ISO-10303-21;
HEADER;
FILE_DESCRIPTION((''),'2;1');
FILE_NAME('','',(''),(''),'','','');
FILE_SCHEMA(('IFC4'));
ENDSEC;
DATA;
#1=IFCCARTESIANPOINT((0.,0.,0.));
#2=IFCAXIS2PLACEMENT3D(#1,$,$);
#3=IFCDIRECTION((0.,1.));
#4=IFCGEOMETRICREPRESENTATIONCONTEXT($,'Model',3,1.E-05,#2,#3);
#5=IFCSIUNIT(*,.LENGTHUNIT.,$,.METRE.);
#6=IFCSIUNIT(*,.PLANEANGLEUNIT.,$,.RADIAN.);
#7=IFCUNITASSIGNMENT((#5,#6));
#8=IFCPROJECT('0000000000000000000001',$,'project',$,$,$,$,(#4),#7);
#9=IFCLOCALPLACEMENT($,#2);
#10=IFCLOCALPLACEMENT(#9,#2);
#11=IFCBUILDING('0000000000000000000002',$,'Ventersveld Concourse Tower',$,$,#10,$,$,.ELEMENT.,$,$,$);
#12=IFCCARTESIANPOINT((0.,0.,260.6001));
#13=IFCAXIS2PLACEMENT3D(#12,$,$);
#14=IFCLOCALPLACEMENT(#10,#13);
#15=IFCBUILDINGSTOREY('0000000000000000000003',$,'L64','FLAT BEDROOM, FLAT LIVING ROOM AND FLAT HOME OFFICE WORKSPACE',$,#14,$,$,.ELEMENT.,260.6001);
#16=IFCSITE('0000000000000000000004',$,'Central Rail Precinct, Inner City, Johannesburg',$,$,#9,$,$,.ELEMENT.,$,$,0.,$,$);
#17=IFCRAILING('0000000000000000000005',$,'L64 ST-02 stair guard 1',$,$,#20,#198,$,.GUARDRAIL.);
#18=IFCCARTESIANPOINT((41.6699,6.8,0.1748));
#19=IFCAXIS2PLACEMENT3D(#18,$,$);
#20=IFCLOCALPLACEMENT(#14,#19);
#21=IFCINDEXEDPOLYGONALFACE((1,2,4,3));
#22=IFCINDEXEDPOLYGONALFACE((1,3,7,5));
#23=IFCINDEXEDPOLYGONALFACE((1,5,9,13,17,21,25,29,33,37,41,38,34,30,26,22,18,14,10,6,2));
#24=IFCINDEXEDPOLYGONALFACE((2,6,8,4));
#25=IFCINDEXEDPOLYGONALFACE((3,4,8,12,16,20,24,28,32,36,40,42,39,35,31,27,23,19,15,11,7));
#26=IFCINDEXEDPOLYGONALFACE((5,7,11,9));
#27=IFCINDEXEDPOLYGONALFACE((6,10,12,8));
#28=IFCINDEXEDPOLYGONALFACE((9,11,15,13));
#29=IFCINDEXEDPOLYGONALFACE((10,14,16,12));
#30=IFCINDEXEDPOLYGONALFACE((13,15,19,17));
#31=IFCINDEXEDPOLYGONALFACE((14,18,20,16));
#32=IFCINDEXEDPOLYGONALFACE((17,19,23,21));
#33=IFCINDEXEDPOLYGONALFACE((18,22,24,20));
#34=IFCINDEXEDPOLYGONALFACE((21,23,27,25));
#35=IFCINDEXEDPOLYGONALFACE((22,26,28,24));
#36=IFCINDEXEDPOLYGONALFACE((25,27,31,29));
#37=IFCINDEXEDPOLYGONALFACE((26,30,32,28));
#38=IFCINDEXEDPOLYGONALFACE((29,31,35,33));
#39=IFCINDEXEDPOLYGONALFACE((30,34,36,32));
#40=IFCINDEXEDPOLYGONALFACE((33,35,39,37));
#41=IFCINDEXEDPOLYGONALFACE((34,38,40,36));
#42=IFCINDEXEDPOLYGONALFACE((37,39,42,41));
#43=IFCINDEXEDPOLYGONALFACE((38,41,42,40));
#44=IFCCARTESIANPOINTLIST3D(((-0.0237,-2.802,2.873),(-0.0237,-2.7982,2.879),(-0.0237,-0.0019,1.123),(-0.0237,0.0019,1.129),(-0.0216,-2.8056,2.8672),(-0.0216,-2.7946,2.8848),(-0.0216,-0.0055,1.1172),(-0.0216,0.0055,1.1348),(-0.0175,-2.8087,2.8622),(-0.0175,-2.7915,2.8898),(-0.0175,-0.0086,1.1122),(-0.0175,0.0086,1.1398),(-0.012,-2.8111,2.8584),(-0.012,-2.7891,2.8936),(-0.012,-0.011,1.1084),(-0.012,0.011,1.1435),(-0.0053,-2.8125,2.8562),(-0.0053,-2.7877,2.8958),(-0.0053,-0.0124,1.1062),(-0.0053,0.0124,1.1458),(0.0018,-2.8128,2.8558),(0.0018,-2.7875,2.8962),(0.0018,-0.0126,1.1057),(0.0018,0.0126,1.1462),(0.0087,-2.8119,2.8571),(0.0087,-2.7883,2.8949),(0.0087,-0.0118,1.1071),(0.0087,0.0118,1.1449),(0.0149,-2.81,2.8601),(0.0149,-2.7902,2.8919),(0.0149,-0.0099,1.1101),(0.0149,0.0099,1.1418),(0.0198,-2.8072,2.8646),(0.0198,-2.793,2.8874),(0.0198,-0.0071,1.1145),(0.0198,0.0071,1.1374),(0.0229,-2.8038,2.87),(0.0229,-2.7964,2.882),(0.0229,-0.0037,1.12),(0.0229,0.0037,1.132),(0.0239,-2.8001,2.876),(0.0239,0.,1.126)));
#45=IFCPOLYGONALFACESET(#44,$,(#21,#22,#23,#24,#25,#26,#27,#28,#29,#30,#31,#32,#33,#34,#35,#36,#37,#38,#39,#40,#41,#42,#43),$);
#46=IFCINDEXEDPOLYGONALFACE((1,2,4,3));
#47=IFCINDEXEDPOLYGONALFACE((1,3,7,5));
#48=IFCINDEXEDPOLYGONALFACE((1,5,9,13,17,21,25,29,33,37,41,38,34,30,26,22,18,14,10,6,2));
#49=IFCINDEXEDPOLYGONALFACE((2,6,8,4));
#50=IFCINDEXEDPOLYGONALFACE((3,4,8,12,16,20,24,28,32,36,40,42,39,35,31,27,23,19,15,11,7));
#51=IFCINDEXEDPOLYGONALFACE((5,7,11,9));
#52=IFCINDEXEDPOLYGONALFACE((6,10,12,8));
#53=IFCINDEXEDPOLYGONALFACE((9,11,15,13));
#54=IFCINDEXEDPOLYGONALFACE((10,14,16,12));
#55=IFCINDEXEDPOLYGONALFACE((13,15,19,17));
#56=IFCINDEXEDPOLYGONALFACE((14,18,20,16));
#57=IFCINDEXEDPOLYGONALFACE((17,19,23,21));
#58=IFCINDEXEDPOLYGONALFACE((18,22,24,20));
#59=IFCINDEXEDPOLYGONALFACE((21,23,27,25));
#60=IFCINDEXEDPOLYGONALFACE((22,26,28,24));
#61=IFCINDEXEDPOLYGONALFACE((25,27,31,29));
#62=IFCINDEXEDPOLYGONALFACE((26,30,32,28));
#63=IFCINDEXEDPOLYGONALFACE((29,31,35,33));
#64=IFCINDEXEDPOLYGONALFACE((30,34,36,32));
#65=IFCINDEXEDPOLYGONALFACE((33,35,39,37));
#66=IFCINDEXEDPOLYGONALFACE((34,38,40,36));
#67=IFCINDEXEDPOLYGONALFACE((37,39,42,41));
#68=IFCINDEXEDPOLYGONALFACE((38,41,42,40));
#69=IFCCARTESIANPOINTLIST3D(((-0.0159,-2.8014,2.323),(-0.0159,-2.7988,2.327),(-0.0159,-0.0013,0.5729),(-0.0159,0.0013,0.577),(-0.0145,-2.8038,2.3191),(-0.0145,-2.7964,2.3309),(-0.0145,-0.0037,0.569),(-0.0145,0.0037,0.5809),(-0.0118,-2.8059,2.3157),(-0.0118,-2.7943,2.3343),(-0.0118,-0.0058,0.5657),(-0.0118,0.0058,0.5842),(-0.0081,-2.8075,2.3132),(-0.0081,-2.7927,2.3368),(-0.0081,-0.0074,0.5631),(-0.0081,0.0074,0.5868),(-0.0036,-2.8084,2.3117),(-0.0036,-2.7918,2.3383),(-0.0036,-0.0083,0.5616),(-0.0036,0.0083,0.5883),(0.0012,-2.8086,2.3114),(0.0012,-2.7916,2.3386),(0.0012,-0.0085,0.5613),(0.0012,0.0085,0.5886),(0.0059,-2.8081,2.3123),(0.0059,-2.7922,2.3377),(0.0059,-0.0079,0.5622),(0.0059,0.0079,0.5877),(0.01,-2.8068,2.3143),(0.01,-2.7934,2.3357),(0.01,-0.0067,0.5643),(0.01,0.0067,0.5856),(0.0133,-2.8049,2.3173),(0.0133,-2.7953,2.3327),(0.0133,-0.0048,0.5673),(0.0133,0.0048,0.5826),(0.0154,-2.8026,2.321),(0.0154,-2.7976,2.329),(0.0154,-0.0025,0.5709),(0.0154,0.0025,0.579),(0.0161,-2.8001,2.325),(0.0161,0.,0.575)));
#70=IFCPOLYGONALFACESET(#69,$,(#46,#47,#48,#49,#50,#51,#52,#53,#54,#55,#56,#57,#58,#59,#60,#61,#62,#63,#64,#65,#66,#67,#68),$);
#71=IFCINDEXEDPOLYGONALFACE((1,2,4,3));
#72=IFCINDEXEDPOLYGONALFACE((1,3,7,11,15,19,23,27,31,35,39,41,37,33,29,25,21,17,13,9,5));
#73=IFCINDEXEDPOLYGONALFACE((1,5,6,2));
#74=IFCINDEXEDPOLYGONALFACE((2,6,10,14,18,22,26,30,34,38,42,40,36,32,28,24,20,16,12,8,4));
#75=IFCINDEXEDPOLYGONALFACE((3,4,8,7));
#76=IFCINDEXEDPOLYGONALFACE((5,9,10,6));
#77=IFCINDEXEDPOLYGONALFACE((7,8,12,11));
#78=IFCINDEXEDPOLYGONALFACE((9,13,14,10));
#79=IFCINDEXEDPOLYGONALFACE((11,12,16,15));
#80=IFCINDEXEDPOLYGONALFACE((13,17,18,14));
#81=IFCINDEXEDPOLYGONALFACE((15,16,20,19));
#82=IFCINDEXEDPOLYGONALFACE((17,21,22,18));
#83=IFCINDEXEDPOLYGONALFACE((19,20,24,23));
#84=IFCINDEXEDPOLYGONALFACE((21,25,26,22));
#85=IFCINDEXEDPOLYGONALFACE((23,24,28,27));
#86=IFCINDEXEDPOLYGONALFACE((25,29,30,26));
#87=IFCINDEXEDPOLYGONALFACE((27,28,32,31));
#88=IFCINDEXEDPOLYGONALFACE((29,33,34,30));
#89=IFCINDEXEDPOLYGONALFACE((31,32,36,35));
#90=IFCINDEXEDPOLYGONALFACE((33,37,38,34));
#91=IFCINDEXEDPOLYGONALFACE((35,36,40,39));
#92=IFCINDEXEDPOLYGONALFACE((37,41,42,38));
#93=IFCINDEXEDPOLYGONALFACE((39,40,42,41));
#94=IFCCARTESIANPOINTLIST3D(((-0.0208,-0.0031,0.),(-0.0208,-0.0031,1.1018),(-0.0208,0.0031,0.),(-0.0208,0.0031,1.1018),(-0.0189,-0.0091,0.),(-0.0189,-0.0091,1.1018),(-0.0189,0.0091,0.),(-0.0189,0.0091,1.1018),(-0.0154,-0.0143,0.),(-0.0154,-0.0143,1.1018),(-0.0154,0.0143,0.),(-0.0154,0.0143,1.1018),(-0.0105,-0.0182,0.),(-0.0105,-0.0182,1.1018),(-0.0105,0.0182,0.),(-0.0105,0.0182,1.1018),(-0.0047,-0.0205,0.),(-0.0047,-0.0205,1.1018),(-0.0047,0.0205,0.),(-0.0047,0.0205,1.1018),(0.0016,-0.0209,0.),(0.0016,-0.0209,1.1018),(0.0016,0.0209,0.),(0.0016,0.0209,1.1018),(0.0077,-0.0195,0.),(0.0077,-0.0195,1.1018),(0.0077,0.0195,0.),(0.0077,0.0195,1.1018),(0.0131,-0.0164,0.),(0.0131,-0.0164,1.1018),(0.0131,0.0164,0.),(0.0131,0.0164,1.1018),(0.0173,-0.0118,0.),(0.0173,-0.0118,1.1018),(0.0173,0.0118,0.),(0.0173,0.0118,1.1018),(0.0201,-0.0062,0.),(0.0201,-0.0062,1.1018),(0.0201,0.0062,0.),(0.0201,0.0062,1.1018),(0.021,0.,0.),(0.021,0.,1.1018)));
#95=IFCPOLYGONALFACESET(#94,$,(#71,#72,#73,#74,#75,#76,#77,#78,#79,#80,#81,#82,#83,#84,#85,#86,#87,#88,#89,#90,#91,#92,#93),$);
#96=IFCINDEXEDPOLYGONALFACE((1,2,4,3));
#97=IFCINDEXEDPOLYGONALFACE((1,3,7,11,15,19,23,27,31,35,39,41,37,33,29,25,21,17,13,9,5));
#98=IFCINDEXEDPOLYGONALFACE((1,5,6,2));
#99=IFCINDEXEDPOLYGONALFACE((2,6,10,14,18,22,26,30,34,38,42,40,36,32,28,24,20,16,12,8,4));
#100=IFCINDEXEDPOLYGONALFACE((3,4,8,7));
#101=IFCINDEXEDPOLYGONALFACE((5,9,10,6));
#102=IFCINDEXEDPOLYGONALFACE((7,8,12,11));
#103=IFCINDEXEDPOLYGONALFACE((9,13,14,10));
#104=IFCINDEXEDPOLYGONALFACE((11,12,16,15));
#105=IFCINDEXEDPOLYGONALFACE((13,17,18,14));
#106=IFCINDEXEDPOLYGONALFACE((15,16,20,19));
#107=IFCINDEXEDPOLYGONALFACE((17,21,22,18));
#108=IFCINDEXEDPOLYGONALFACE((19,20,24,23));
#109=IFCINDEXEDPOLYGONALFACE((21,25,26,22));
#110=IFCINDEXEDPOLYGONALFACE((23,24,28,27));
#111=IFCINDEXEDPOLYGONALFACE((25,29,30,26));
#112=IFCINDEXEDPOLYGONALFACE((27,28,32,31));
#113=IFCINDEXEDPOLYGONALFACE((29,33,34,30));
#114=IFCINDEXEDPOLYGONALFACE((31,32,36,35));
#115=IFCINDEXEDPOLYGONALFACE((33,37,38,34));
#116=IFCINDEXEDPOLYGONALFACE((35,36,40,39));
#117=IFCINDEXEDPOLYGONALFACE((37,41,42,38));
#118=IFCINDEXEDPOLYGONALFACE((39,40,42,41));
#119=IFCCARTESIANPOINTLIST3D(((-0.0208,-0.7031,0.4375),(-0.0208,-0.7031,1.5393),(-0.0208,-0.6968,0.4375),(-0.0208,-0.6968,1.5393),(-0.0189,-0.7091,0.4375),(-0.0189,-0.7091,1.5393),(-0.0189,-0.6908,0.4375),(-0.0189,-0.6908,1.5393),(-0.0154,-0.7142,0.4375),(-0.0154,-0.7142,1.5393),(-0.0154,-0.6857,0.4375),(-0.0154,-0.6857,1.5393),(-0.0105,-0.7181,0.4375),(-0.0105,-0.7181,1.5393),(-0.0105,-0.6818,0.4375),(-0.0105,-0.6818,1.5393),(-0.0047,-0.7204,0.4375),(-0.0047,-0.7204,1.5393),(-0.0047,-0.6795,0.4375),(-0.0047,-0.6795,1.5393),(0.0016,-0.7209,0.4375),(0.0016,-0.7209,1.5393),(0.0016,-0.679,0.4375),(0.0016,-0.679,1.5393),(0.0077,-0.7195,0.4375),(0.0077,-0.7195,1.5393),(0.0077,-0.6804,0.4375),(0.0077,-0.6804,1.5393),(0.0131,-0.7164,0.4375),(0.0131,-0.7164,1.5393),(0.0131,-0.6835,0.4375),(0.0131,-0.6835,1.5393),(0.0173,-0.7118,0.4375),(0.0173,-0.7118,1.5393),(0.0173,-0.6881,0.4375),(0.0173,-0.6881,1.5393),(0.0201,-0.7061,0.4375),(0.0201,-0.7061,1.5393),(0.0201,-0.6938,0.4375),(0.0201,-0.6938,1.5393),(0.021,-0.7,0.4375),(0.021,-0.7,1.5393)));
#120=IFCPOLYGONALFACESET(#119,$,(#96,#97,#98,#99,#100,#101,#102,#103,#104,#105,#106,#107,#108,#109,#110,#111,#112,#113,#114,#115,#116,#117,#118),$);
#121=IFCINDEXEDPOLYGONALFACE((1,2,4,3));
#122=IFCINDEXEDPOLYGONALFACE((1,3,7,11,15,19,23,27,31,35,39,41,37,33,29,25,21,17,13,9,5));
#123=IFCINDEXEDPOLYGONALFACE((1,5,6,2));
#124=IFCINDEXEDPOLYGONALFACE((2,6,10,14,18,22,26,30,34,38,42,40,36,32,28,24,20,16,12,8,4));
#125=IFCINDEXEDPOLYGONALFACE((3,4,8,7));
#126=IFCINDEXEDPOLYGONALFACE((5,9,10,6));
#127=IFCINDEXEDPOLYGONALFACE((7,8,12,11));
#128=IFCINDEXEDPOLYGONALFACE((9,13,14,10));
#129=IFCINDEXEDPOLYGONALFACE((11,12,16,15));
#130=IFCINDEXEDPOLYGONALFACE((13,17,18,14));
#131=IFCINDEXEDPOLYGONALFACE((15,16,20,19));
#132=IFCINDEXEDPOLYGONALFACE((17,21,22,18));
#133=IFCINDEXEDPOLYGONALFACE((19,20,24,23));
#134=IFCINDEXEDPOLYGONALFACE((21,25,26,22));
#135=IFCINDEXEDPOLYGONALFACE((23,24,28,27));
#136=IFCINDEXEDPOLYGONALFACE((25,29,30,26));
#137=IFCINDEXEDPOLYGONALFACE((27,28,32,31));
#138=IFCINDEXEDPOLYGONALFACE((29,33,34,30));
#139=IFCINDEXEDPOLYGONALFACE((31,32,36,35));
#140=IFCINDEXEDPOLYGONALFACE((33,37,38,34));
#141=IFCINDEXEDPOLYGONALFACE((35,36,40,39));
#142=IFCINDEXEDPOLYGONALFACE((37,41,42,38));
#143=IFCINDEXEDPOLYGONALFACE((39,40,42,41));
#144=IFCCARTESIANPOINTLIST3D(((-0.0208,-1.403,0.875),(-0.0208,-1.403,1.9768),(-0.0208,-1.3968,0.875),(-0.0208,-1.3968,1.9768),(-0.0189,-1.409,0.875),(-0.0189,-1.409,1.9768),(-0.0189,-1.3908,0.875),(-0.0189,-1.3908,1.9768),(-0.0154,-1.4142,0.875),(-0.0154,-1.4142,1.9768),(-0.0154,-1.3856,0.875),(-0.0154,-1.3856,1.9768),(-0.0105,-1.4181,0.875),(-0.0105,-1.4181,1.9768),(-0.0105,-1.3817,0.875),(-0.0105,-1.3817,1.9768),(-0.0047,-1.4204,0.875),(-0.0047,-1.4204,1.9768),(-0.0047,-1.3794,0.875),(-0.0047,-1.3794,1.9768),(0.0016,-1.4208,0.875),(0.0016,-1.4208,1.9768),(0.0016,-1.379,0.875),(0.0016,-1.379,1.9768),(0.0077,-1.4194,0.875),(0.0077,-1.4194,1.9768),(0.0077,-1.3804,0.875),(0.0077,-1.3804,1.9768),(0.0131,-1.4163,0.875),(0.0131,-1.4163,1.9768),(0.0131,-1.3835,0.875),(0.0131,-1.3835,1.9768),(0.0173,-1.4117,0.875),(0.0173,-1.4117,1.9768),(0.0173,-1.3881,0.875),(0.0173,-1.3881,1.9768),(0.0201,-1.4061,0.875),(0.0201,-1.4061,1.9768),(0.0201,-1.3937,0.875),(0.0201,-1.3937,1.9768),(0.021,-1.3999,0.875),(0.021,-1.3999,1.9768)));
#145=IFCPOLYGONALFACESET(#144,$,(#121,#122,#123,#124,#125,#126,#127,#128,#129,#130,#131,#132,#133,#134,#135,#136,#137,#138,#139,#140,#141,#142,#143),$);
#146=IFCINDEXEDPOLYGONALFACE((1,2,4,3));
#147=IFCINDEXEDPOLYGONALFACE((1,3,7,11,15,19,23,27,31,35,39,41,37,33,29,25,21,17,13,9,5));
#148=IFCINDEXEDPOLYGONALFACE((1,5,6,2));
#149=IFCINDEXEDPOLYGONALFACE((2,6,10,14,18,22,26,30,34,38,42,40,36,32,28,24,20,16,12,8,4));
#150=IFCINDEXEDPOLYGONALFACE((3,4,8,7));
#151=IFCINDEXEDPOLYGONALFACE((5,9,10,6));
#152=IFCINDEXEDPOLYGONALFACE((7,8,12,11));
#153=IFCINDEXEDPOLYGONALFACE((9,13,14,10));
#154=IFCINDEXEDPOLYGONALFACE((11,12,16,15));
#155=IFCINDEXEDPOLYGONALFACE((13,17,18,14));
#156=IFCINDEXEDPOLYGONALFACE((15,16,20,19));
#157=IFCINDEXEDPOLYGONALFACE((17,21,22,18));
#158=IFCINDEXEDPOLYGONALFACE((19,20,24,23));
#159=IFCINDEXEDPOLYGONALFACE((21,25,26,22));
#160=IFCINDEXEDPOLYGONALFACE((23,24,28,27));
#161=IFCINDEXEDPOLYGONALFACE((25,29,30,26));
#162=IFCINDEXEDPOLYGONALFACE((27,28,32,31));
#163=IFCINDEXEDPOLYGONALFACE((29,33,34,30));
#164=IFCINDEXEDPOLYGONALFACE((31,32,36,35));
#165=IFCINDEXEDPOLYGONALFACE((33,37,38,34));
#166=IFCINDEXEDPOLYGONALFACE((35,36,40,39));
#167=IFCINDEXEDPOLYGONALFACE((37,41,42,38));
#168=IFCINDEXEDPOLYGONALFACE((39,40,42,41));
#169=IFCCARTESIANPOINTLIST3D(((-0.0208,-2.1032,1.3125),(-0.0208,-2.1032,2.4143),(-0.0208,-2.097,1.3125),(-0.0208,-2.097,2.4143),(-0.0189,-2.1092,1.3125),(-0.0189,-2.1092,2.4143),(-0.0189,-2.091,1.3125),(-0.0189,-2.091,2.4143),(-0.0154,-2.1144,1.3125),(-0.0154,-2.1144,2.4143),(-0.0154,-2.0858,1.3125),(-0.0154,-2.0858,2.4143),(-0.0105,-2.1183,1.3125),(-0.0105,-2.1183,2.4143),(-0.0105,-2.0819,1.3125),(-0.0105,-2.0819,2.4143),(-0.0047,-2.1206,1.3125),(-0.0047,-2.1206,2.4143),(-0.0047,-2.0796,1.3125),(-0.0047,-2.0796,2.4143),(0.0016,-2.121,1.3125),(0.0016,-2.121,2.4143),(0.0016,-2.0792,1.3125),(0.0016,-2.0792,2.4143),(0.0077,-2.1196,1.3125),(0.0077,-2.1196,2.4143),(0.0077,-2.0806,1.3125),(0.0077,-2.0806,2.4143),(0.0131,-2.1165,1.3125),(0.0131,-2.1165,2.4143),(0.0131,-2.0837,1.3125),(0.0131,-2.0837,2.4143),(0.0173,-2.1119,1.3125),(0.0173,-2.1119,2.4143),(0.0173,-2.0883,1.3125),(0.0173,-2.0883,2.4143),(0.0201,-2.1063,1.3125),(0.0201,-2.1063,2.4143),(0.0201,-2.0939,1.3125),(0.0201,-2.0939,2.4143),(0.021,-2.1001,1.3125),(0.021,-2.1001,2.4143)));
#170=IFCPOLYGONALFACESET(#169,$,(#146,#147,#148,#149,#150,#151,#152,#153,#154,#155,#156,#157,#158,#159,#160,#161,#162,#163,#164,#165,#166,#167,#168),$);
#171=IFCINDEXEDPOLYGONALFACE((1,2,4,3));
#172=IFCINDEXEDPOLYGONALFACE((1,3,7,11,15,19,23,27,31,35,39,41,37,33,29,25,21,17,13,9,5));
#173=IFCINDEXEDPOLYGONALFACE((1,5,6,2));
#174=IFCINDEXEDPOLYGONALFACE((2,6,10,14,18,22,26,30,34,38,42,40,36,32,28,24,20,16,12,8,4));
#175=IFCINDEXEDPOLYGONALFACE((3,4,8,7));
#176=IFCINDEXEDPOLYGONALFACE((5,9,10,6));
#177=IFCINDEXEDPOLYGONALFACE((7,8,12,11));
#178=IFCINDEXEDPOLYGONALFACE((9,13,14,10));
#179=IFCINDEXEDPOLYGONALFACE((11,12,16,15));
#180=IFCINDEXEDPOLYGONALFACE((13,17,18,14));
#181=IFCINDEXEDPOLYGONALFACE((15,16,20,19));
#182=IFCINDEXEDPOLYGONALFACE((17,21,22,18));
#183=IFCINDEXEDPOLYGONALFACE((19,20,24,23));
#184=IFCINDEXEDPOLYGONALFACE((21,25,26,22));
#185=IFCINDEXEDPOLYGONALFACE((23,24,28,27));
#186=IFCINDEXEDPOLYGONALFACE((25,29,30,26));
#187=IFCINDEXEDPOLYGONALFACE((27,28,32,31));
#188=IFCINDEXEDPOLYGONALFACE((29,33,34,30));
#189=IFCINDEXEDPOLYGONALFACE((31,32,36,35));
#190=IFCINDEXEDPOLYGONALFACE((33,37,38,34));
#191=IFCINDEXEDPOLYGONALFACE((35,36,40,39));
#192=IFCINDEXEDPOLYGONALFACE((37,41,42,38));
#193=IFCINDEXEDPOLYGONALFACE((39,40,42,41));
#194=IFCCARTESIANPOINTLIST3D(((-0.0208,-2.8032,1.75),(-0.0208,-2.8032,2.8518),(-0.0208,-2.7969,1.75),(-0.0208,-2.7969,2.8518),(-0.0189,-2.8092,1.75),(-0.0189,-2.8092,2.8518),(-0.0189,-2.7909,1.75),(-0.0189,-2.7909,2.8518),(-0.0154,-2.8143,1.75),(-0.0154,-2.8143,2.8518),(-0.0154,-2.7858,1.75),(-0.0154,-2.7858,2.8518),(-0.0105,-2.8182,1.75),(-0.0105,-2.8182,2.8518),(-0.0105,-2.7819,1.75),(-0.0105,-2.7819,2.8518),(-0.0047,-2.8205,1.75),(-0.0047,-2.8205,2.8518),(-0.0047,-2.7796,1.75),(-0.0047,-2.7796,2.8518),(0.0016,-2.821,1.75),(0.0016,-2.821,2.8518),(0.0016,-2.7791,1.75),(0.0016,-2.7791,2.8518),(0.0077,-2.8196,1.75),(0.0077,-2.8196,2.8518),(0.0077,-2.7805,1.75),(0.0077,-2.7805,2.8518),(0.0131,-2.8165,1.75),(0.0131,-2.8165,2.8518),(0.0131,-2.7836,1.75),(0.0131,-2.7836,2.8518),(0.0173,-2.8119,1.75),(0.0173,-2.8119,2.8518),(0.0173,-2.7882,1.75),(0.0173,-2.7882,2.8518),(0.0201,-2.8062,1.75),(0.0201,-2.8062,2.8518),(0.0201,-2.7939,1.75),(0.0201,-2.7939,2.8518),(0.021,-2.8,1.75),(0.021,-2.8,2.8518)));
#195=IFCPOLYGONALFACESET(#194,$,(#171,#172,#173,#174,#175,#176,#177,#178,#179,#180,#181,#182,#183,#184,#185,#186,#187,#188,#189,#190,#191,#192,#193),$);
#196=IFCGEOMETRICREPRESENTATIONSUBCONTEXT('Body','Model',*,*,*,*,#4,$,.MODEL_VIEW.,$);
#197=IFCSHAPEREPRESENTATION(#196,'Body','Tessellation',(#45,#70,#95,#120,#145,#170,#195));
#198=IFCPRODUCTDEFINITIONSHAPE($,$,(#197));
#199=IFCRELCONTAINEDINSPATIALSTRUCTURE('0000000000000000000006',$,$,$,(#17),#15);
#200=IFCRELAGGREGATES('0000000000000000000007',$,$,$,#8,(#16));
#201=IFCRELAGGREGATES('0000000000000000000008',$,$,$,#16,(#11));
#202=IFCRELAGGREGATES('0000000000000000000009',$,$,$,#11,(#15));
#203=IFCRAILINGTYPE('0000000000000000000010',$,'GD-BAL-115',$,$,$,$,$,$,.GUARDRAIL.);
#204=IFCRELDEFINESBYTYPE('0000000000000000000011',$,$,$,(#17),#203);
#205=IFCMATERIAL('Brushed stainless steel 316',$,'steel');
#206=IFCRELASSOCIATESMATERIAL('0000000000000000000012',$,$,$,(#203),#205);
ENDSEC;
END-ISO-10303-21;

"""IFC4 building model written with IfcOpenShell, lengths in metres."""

from ifc_helpers import new_model, si_unit, direction, frame, origin, origin_2d, place, context, subcontext, project, spatial, circle, extrude, material, type_object, element, save


model = new_model("IFC4")

# Units and contexts
model_context = context("Model", 3, precision=1e-05, world=origin(), true_north=direction((0.0, 1.0)))
body_context = subcontext(model_context, "Body", "Model", "MODEL_VIEW")
ifc_project = project(units=[si_unit("LENGTHUNIT", "METRE"), si_unit("PLANEANGLEUNIT", "RADIAN")], contexts=[model_context])

# Site, building, storey
site_placement = place(None, origin())
site = spatial("IfcSite", under=ifc_project, at=site_placement, Name="Central Rail Precinct, Inner City, Johannesburg", CompositionType="ELEMENT", RefElevation=0.0)
building_placement = place(site_placement, origin())
building = spatial("IfcBuilding", under=site, at=building_placement, Name="Ventersveld Concourse Tower", CompositionType="ELEMENT")
storey_placement = place(building_placement, frame((0.0, 0.0, 260.6001)))
storey = spatial("IfcBuildingStorey", under=building, at=storey_placement, Name="L64", Description="FLAT BEDROOM, FLAT LIVING ROOM AND FLAT HOME OFFICE WORKSPACE", CompositionType="ELEMENT", Elevation=260.6001)

# Shared definitions
ifc_material_1 = material(Name="Brushed stainless steel 316", Category="steel")

# Railing
railing_type_1 = type_object("IfcRailingType", Name="GD-BAL-115", PredefinedType="GUARDRAIL", material=ifc_material_1)
railing_1_placement = place(storey_placement, frame((41.6699, 6.8, 0.1748)))
element("IfcRailing", 1, at=railing_1_placement, inside=storey, type_object=railing_type_1, Name="L64 ST-02 stair guard 1", PredefinedType="GUARDRAIL", context=body_context, shape_type="SweptSolid", body=[
    extrude(circle(Radius=0.0239, at=origin_2d()), frame((0.0, 0.0, 1.126), z_axis=(0.0, -0.848002, 0.529992), x_axis=(1.0, 0.0, 0.0)), (0.0, 0.0, 1.0), 3.302),
    extrude(circle(Radius=0.0161, at=origin_2d()), frame((0.0, 0.0, 0.575), z_axis=(0.0, -0.848002, 0.529992), x_axis=(1.0, 0.0, 0.0)), (0.0, 0.0, 1.0), 3.302),
    extrude(circle(Radius=0.021, at=origin_2d()), origin(), (0.0, 0.0, 1.0), 1.1018),
    extrude(circle(Radius=0.021, at=origin_2d()), frame((0.0, -0.7, 0.4375)), (0.0, 0.0, 1.0), 1.1018),
    extrude(circle(Radius=0.021, at=origin_2d()), frame((0.0, -1.3999, 0.875)), (0.0, 0.0, 1.0), 1.1018),
    extrude(circle(Radius=0.021, at=origin_2d()), frame((0.0, -2.1001, 1.3125)), (0.0, 0.0, 1.0), 1.1018),
    extrude(circle(Radius=0.021, at=origin_2d()), frame((0.0, -2.8, 1.75)), (0.0, 0.0, 1.0), 1.1018),
])

save(model, "model.ifc")
